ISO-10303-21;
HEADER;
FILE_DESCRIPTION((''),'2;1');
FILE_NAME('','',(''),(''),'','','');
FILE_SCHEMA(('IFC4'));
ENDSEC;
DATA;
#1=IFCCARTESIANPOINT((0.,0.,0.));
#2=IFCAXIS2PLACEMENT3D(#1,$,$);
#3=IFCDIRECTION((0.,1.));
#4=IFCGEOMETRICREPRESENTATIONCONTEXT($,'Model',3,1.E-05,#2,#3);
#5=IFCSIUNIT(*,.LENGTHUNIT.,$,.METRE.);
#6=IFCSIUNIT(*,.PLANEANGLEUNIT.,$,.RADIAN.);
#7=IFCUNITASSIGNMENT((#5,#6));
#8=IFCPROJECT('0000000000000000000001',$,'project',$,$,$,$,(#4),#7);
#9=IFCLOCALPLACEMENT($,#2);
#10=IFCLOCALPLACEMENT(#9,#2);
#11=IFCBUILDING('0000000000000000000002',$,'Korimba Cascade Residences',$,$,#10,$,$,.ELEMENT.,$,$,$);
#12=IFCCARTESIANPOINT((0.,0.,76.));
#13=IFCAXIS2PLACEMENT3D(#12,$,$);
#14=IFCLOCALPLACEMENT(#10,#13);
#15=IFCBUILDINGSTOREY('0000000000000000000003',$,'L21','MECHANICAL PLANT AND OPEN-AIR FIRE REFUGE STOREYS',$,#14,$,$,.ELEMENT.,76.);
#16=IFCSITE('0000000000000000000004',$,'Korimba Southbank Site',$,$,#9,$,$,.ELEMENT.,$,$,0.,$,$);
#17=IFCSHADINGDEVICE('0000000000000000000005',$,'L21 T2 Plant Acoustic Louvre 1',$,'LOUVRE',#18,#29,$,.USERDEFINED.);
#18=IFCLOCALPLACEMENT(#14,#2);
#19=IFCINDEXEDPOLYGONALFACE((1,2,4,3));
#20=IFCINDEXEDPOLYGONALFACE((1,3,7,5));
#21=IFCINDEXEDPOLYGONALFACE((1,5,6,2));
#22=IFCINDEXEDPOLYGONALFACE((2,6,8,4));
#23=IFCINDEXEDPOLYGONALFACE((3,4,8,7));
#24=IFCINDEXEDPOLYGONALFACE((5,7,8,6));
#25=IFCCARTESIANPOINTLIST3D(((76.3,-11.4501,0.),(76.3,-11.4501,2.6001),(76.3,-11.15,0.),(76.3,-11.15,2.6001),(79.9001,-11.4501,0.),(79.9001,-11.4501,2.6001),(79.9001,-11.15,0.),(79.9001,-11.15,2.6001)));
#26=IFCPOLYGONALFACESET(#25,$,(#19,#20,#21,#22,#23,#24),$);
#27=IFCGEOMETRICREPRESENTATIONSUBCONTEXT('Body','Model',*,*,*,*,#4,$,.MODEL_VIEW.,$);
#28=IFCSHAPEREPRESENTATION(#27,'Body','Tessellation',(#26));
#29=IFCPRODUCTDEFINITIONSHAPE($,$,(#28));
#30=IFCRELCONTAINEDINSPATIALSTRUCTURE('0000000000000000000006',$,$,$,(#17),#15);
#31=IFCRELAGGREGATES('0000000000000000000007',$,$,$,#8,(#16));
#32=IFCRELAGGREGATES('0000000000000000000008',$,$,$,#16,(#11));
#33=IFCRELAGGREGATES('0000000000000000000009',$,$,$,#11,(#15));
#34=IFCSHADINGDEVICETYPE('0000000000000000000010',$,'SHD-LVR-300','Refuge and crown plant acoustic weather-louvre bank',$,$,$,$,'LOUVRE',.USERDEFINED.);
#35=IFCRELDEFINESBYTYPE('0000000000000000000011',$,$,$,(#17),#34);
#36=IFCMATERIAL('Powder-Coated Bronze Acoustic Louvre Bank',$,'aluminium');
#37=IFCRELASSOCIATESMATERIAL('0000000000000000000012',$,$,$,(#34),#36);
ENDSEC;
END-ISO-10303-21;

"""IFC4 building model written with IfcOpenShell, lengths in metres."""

from ifc_helpers import new_model, si_unit, direction, frame, origin, origin_2d, place, context, subcontext, project, spatial, rectangle, extrude, material, type_object, element, save


model = new_model("IFC4")

# Units and contexts
model_context = context("Model", 3, precision=1e-05, world=origin(), true_north=direction((0.0, 1.0)))
body_context = subcontext(model_context, "Body", "Model", "MODEL_VIEW")
ifc_project = project(units=[si_unit("LENGTHUNIT", "METRE"), si_unit("PLANEANGLEUNIT", "RADIAN")], contexts=[model_context])

# Site, building, storey
site_placement = place(None, origin())
site = spatial("IfcSite", under=ifc_project, at=site_placement, Name="Korimba Southbank Site", CompositionType="ELEMENT", RefElevation=0.0)
building_placement = place(site_placement, origin())
building = spatial("IfcBuilding", under=site, at=building_placement, Name="Korimba Cascade Residences", CompositionType="ELEMENT")
storey_placement = place(building_placement, frame((0.0, 0.0, 76.0)))
storey = spatial("IfcBuildingStorey", under=building, at=storey_placement, Name="L21", Description="MECHANICAL PLANT AND OPEN-AIR FIRE REFUGE STOREYS", CompositionType="ELEMENT", Elevation=76.0)

# Shading device
ifc_material_1 = material(Name="Powder-Coated Bronze Acoustic Louvre Bank", Category="aluminium")
shading_device_type = type_object("IfcShadingDeviceType", Name="SHD-LVR-300", Description="Refuge and crown plant acoustic weather-louvre bank", ElementType="LOUVRE", PredefinedType="USERDEFINED", material=ifc_material_1)
shading_device_placement = place(storey_placement, frame((78.1001, -11.3, 0.0), z_axis=(0.0, 0.0, 1.0), x_axis=(1.0, 0.0, 0.0)))
element("IfcShadingDevice", 1, at=shading_device_placement, inside=storey, type_object=shading_device_type, Name="L21 T2 Plant Acoustic Louvre 1", ObjectType="LOUVRE", PredefinedType="USERDEFINED", context=body_context, shape_type="SweptSolid", body=[
    extrude(rectangle(XDim=3.6001, YDim=0.3, at=origin_2d()), origin(), (0.0, 0.0, 1.0), 2.6001),
])

save(model, "model.ifc")
